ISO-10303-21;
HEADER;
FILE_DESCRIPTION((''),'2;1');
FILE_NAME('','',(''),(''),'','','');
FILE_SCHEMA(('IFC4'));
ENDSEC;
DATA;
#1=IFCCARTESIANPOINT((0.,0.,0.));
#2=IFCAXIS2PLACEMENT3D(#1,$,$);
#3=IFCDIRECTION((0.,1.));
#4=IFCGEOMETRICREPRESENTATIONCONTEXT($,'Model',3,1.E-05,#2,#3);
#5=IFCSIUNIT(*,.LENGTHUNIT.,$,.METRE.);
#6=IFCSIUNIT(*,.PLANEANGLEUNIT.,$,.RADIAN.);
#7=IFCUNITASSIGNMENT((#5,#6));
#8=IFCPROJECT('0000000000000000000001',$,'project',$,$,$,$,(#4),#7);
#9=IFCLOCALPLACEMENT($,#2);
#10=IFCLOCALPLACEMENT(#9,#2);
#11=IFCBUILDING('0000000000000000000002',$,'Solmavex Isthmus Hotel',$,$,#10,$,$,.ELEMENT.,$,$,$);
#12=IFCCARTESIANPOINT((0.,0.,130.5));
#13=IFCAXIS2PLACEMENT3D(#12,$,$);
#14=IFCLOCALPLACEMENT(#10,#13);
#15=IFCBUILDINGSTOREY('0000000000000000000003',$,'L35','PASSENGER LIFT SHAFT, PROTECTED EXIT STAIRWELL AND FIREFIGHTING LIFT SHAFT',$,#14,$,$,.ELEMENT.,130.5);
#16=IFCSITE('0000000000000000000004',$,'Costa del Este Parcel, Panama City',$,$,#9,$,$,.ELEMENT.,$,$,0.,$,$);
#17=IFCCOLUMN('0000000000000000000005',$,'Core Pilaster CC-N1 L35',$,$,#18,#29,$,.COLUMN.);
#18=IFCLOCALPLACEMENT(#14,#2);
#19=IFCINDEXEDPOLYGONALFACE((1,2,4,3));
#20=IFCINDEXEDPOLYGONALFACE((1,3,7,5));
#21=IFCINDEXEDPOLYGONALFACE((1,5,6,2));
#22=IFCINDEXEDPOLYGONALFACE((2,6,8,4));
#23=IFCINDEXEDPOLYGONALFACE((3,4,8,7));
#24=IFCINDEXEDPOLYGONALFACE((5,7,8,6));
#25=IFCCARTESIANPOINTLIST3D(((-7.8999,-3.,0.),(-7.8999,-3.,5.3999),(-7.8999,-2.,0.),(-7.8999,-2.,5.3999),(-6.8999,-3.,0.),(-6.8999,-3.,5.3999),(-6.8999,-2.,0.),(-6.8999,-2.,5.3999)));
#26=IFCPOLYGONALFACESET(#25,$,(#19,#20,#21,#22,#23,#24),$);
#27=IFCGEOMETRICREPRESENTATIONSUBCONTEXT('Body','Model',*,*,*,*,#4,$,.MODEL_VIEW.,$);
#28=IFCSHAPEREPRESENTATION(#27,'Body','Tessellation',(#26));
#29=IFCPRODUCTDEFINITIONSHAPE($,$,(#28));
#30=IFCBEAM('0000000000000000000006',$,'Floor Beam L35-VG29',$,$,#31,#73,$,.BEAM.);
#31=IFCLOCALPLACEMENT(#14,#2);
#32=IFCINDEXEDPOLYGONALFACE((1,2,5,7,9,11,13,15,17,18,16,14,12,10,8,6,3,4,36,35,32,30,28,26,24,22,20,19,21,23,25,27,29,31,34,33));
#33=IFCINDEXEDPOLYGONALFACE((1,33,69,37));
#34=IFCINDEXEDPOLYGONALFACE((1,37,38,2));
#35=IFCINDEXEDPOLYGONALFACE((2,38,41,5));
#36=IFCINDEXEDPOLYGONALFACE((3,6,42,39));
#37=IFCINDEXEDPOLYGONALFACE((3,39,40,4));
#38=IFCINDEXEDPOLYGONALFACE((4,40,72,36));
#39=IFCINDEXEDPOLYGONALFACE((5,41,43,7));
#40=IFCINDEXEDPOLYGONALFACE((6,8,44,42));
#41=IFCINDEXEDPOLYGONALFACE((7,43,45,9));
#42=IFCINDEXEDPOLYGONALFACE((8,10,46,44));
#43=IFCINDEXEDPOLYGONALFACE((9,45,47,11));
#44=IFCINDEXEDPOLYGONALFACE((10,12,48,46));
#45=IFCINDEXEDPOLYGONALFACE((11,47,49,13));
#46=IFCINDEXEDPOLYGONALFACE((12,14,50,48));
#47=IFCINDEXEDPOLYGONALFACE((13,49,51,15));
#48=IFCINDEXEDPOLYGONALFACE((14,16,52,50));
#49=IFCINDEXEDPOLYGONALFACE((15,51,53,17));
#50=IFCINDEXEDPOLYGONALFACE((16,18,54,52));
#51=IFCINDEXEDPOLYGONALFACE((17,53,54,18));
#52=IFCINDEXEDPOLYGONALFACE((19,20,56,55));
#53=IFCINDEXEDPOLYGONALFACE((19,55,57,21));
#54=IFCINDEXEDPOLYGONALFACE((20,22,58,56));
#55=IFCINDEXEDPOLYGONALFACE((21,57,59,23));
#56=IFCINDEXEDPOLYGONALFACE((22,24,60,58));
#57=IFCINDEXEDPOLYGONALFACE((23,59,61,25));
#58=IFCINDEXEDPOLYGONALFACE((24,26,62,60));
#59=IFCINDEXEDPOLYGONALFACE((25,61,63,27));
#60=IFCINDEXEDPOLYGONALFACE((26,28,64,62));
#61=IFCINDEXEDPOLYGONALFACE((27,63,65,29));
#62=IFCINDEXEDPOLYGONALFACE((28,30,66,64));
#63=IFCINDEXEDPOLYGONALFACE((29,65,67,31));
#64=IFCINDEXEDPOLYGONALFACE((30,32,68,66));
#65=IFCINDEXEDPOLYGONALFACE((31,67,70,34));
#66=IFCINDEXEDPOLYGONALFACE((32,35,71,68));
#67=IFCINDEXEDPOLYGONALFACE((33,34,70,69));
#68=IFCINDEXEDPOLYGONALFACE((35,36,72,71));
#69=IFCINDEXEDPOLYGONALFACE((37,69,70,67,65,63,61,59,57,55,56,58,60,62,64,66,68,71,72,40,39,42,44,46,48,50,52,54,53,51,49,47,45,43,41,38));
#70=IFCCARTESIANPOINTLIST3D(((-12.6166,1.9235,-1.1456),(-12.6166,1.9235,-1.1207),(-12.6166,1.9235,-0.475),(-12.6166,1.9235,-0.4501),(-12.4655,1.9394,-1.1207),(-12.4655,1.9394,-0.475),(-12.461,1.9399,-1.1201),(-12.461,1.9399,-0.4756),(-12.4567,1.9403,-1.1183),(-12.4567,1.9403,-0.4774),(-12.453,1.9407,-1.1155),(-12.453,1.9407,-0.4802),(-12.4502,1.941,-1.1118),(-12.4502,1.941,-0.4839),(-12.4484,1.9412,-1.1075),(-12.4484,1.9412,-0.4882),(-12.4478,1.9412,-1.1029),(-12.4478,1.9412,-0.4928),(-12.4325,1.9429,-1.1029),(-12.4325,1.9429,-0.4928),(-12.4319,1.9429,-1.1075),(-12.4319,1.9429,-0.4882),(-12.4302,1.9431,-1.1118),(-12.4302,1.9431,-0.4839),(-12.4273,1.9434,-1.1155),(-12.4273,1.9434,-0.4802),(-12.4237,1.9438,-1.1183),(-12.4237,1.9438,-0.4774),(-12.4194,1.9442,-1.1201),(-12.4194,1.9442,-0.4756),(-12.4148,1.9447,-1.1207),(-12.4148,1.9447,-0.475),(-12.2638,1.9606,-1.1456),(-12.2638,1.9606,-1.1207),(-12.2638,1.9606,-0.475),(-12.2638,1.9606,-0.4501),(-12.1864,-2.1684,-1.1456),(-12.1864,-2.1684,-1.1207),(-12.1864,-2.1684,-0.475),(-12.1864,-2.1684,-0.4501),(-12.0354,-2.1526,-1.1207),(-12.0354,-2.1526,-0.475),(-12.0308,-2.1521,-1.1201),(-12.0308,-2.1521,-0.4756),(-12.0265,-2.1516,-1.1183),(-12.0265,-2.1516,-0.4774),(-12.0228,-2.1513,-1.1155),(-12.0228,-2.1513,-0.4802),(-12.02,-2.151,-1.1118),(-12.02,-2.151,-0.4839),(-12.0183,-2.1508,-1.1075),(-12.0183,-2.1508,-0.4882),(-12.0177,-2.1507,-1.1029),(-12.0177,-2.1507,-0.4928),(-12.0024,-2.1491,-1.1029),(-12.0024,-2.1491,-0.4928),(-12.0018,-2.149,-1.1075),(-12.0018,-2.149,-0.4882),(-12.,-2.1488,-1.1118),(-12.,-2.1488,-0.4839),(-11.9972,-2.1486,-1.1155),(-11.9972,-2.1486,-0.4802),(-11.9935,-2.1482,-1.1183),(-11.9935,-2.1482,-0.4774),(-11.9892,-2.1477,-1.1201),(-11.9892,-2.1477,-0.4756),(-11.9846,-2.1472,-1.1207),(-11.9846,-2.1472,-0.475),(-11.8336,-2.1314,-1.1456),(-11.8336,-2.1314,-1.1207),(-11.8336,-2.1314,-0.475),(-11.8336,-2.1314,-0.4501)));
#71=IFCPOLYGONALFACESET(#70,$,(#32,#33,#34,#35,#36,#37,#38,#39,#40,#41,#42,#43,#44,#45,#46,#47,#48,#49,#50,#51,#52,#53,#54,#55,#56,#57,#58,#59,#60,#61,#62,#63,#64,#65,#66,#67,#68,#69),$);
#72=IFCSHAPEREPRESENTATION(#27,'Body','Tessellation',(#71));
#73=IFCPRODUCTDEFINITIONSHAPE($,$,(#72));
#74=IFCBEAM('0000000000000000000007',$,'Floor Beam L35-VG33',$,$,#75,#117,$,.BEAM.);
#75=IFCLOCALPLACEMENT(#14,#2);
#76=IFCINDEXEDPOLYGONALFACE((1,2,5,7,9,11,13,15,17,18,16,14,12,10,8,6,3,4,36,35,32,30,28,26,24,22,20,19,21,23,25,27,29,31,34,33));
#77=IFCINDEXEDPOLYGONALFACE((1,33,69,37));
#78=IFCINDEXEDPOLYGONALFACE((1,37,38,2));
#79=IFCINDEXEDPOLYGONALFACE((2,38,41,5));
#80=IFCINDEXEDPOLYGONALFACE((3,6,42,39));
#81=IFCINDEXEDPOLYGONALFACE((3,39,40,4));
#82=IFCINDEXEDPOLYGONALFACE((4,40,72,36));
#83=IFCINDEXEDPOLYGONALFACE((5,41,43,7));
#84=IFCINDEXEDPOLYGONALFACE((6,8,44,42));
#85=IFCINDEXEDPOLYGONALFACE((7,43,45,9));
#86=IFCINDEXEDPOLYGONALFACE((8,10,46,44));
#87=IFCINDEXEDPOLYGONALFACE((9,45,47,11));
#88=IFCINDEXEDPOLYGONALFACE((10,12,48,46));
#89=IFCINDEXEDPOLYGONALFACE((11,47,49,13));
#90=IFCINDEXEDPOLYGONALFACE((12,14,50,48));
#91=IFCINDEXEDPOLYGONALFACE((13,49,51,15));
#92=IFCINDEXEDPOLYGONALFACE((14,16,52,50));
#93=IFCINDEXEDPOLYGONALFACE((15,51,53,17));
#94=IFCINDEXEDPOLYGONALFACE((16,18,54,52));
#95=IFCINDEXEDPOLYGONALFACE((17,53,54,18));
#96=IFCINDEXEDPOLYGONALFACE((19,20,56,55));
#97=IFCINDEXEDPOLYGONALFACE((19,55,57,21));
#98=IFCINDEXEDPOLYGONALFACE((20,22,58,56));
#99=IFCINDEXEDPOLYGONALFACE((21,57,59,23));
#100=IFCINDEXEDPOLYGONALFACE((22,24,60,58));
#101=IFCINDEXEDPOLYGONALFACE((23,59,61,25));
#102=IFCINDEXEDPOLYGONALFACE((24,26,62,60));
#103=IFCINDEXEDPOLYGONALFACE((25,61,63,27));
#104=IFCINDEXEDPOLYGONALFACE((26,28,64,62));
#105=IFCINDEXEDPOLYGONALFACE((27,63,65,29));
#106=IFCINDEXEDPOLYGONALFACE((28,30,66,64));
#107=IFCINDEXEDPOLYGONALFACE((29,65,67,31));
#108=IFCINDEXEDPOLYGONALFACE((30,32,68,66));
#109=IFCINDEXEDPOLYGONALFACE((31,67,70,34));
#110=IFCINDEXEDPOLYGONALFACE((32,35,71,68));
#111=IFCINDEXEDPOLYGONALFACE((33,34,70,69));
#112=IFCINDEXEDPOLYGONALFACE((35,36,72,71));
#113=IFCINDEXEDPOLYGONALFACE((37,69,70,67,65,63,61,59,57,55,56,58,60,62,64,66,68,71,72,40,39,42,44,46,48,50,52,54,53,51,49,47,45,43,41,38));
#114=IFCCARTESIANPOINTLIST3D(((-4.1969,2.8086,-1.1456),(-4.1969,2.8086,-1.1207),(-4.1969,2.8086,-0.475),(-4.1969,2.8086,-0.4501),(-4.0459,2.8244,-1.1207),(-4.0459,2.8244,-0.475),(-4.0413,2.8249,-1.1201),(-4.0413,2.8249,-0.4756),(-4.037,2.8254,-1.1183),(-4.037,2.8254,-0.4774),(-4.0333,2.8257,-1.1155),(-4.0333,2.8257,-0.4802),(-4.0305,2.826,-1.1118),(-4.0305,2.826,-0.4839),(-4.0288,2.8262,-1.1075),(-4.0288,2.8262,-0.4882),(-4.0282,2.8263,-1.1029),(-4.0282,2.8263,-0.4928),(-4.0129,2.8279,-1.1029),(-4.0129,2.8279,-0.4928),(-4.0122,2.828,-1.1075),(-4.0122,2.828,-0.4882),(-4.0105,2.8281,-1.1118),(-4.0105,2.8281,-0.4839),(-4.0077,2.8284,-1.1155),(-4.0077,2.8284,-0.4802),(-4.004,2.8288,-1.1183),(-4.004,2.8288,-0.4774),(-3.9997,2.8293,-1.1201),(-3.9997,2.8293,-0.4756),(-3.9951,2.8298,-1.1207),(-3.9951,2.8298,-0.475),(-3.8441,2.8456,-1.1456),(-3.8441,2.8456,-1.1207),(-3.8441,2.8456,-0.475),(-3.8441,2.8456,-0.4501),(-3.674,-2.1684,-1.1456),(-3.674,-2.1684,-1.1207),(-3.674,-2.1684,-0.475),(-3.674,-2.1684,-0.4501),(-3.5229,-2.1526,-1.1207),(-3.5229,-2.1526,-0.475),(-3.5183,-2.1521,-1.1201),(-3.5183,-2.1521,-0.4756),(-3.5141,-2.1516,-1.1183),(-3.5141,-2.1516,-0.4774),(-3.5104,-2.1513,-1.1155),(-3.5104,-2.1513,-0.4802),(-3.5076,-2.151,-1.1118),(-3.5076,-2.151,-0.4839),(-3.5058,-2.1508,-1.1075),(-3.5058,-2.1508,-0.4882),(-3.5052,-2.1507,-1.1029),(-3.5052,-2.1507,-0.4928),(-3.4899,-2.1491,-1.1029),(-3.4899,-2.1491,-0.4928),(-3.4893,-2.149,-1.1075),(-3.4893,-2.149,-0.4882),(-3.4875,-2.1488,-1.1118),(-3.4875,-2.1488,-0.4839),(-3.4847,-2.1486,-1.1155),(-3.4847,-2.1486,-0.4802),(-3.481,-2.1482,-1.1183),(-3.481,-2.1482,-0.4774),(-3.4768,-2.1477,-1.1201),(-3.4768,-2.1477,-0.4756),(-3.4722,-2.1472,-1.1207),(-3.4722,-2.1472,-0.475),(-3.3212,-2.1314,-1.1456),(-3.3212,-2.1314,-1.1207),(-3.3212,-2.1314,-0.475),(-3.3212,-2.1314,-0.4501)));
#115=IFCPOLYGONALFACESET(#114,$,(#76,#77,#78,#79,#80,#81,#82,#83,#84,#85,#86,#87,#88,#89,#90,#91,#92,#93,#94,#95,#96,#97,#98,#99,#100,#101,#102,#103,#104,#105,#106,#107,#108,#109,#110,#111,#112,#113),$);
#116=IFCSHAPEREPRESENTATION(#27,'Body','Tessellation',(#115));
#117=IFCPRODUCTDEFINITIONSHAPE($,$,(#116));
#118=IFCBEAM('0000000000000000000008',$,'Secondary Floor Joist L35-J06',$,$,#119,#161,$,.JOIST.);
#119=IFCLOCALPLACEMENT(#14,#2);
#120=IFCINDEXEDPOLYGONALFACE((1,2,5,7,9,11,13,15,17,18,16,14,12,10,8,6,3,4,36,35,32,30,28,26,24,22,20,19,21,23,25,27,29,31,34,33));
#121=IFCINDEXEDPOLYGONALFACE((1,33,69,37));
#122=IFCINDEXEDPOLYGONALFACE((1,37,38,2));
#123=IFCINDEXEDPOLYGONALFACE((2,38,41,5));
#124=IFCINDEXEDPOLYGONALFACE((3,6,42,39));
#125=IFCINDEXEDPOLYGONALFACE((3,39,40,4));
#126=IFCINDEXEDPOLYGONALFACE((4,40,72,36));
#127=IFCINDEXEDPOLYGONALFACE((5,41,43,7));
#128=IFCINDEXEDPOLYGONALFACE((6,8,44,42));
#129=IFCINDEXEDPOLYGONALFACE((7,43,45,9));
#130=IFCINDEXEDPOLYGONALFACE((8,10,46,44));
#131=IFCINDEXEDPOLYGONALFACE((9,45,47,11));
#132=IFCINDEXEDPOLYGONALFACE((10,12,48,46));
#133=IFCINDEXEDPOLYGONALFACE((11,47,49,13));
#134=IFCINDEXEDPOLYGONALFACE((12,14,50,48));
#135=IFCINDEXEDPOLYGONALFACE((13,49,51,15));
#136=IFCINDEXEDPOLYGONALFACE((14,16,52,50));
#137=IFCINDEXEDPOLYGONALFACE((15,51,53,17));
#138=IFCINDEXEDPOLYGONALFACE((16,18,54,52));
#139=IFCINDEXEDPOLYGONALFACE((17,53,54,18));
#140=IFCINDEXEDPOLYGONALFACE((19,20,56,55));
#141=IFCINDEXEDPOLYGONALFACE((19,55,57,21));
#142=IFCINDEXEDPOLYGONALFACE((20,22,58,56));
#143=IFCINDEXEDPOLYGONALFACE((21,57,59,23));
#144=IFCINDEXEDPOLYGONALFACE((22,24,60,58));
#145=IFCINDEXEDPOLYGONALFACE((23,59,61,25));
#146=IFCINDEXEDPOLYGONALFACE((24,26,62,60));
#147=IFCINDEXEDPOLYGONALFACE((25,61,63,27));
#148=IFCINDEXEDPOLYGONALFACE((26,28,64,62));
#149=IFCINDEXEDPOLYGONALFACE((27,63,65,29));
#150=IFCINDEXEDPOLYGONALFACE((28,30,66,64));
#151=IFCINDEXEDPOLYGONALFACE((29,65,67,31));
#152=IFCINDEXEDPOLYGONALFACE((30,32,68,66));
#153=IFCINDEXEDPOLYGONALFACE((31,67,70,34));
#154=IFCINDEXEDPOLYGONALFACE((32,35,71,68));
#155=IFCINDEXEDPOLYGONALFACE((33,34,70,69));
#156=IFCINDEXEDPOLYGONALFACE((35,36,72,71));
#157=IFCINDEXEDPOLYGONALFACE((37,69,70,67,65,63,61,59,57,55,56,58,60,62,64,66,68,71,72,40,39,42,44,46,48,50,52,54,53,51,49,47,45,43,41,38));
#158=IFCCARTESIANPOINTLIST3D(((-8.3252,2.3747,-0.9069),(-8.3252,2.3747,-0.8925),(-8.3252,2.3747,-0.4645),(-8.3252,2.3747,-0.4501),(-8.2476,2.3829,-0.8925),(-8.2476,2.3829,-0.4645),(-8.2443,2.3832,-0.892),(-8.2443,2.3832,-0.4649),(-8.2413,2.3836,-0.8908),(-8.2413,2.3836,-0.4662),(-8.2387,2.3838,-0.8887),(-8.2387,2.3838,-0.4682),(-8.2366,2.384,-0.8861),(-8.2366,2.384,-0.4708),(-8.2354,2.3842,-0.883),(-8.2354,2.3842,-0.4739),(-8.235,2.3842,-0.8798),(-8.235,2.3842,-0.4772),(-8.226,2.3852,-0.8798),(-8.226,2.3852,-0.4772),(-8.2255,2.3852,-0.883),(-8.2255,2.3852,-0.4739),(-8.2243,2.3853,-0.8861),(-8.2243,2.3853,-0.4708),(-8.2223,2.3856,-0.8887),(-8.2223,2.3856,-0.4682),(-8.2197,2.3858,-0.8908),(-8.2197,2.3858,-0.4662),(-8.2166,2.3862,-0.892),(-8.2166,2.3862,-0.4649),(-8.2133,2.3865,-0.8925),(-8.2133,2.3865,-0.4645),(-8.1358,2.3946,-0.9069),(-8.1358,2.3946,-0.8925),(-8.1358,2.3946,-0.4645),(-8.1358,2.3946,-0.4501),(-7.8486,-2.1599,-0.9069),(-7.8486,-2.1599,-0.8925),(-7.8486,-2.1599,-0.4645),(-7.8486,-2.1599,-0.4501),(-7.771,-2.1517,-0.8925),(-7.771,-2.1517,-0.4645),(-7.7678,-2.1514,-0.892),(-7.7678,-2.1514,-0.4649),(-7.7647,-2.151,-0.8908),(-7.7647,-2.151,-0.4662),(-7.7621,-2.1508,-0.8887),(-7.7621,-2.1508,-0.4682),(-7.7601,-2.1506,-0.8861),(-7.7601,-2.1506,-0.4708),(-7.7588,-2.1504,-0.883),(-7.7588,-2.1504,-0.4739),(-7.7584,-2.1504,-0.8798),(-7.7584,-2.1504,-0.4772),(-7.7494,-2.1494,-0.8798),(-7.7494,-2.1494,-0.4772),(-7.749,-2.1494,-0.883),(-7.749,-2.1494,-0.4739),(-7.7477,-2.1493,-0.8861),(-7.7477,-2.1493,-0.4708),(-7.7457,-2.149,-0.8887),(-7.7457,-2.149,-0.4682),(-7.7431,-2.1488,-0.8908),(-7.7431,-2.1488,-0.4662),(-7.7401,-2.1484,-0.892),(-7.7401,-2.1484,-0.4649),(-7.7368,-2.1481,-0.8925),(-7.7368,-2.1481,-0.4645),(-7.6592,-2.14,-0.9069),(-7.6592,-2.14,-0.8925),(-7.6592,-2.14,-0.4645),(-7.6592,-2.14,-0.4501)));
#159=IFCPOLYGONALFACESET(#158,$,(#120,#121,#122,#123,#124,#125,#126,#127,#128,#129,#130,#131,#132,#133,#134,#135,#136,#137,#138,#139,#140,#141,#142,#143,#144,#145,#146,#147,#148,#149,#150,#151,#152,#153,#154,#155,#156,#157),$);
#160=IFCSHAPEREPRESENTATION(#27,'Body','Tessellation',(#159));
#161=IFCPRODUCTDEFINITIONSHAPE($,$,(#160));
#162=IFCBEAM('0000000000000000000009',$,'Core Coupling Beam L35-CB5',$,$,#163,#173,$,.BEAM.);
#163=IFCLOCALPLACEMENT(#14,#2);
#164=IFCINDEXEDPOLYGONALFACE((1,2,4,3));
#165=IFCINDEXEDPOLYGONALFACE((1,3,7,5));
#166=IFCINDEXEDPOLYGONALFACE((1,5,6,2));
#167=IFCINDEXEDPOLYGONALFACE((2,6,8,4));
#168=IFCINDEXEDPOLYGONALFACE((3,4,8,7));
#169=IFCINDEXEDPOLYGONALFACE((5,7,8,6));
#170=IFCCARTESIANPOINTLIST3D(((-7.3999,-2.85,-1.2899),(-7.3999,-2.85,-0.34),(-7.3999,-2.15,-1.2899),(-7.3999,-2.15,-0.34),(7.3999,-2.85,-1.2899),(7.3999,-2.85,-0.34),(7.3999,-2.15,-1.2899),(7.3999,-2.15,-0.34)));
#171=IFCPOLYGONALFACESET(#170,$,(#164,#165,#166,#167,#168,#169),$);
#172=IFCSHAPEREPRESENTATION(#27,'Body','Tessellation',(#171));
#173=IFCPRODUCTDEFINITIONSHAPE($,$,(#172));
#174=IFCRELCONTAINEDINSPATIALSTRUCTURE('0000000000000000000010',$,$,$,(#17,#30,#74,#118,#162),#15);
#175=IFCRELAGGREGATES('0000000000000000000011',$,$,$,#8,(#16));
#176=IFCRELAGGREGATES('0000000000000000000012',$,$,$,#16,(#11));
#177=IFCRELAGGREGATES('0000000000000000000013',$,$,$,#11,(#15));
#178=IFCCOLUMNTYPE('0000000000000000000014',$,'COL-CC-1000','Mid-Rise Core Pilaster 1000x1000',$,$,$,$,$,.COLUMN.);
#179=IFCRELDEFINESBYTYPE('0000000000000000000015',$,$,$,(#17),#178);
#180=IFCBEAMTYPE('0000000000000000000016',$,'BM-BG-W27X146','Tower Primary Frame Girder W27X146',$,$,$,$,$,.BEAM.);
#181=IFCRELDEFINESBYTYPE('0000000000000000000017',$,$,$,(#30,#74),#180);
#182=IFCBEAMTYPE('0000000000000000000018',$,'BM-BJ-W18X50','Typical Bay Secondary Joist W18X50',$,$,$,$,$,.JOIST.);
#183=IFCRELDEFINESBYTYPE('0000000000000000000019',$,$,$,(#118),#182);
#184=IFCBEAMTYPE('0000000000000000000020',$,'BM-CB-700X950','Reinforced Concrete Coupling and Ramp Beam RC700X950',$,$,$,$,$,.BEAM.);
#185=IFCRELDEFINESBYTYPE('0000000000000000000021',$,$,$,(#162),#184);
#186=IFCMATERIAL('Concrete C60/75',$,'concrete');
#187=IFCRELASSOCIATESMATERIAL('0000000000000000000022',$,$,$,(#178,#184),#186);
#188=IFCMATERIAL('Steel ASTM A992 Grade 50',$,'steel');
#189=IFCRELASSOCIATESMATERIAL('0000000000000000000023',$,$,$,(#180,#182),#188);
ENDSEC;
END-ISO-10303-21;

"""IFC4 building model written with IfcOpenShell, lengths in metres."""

from ifc_helpers import new_model, si_unit, direction, frame, origin, origin_2d, place, context, subcontext, project, spatial, rectangle, i_section, extrude, material, material_profile, profile_set, type_object, element, save


model = new_model("IFC4")

# Units and contexts
model_context = context("Model", 3, precision=1e-05, world=origin(), true_north=direction((0.0, 1.0)))
body_context = subcontext(model_context, "Body", "Model", "MODEL_VIEW")
ifc_project = project(units=[si_unit("LENGTHUNIT", "METRE"), si_unit("PLANEANGLEUNIT", "RADIAN")], contexts=[model_context])

# Site, building, storey
site_placement = place(None, origin())
site = spatial("IfcSite", under=ifc_project, at=site_placement, Name="Costa del Este Parcel, Panama City", CompositionType="ELEMENT", RefElevation=0.0)
building_placement = place(site_placement, origin())
building = spatial("IfcBuilding", under=site, at=building_placement, Name="Solmavex Isthmus Hotel", CompositionType="ELEMENT")
storey_placement = place(building_placement, frame((0.0, 0.0, 130.5)))
storey = spatial("IfcBuildingStorey", under=building, at=storey_placement, Name="L35", Description="PASSENGER LIFT SHAFT, PROTECTED EXIT STAIRWELL AND FIREFIGHTING LIFT SHAFT", CompositionType="ELEMENT", Elevation=130.5)

# Column
ifc_material_1 = material(Name="Concrete C60/75", Category="concrete")
ifc_material_profile_1 = material_profile(ifc_material_1, rectangle(XDim=1.0, YDim=1.0, at=origin_2d()), Name="RC1000X1000")
ifc_profile_set_1 = profile_set([ifc_material_profile_1], Name="Concrete C60/75")
column_type = type_object("IfcColumnType", Name="COL-CC-1000", Description="Mid-Rise Core Pilaster 1000x1000", PredefinedType="COLUMN", material=ifc_profile_set_1)
column_placement = place(storey_placement, frame((-7.3999, -2.5, 0.0), z_axis=(0.0, 0.0, 1.0), x_axis=(1.0, 0.0, 0.0)))
element("IfcColumn", 1, at=column_placement, inside=storey, type_object=column_type, Name="Core Pilaster CC-N1 L35", PredefinedType="COLUMN", context=body_context, shape_type="SweptSolid", body=[
    extrude(rectangle(XDim=1.0, YDim=1.0, at=origin_2d()), origin(), (0.0, 0.0, 1.0), 5.3999),
])

# Beams
ifc_material_2 = material(Name="Steel ASTM A992 Grade 50", Category="steel")
ifc_material_profile_2 = material_profile(ifc_material_2, i_section(OverallWidth=0.3547, OverallDepth=0.6956, WebThickness=0.0154, FlangeThickness=0.0249, FilletRadius=0.0178, at=origin_2d()), Name="W27X146")
ifc_profile_set_2 = profile_set([ifc_material_profile_2], Name="Steel ASTM A992 Grade 50")
beam_type_1 = type_object("IfcBeamType", Name="BM-BG-W27X146", Description="Tower Primary Frame Girder W27X146", PredefinedType="BEAM", material=ifc_profile_set_2)
beam_1_placement = place(storey_placement, frame((-12.01, -2.1499, -0.7979), z_axis=(-0.104549, 0.99452, 0.0), x_axis=(-0.99452, -0.104549, 0.0)))
element("IfcBeam", 2, at=beam_1_placement, inside=storey, type_object=beam_type_1, Name="Floor Beam L35-VG29", PredefinedType="BEAM", context=body_context, shape_type="SweptSolid", body=[
    extrude(i_section(OverallWidth=0.3547, OverallDepth=0.6956, WebThickness=0.0154, FlangeThickness=0.0249, FilletRadius=0.0178, at=origin_2d()), origin(), (0.0, 0.0, 1.0), 4.1145),
])
beam_2_placement = place(storey_placement, frame((-3.4976, -2.1499, -0.7979), z_axis=(-0.104497, 0.994525, 0.0), x_axis=(-0.994525, -0.104497, 0.0)))
element("IfcBeam", 3, at=beam_2_placement, inside=storey, type_object=beam_type_1, Name="Floor Beam L35-VG33", PredefinedType="BEAM", context=body_context, shape_type="SweptSolid", body=[
    extrude(i_section(OverallWidth=0.3547, OverallDepth=0.6956, WebThickness=0.0154, FlangeThickness=0.0249, FilletRadius=0.0178, at=origin_2d()), origin(), (0.0, 0.0, 1.0), 5.0044),
])
ifc_material_profile_3 = material_profile(ifc_material_2, i_section(OverallWidth=0.1904, OverallDepth=0.4568, WebThickness=0.009, FlangeThickness=0.0144, FilletRadius=0.0127, at=origin_2d()), Name="W18X50")
ifc_profile_set_3 = profile_set([ifc_material_profile_3], Name="Steel ASTM A992 Grade 50")
beam_type_2 = type_object("IfcBeamType", Name="BM-BJ-W18X50", Description="Typical Bay Secondary Joist W18X50", PredefinedType="JOIST", material=ifc_profile_set_3)
beam_3_placement = place(storey_placement, frame((-7.7539, -2.1499, -0.6785), z_axis=(-0.104518, 0.994523, 0.0), x_axis=(-0.994523, -0.104518, 0.0)))
element("IfcBeam", 4, at=beam_3_placement, inside=storey, type_object=beam_type_2, Name="Secondary Floor Joist L35-J06", PredefinedType="JOIST", context=body_context, shape_type="SweptSolid", body=[
    extrude(i_section(OverallWidth=0.1904, OverallDepth=0.4568, WebThickness=0.009, FlangeThickness=0.0144, FilletRadius=0.0127, at=origin_2d()), origin(), (0.0, 0.0, 1.0), 4.5596),
])
ifc_material_profile_4 = material_profile(ifc_material_1, rectangle(XDim=0.7, YDim=0.95, at=origin_2d()), Name="RC700X950")
ifc_profile_set_4 = profile_set([ifc_material_profile_4], Name="Concrete C60/75")
beam_type_3 = type_object("IfcBeamType", Name="BM-CB-700X950", Description="Reinforced Concrete Coupling and Ramp Beam RC700X950", PredefinedType="BEAM", material=ifc_profile_set_4)
beam_4_placement = place(storey_placement, frame((-7.3999, -2.5, -0.8149), z_axis=(1.0, 0.0, 0.0), x_axis=(0.0, 1.0, 0.0)))
element("IfcBeam", 5, at=beam_4_placement, inside=storey, type_object=beam_type_3, Name="Core Coupling Beam L35-CB5", PredefinedType="BEAM", context=body_context, shape_type="SweptSolid", body=[
    extrude(rectangle(XDim=0.7, YDim=0.95, at=origin_2d()), origin(), (0.0, 0.0, 1.0), 14.7998),
])

save(model, "model.ifc")
